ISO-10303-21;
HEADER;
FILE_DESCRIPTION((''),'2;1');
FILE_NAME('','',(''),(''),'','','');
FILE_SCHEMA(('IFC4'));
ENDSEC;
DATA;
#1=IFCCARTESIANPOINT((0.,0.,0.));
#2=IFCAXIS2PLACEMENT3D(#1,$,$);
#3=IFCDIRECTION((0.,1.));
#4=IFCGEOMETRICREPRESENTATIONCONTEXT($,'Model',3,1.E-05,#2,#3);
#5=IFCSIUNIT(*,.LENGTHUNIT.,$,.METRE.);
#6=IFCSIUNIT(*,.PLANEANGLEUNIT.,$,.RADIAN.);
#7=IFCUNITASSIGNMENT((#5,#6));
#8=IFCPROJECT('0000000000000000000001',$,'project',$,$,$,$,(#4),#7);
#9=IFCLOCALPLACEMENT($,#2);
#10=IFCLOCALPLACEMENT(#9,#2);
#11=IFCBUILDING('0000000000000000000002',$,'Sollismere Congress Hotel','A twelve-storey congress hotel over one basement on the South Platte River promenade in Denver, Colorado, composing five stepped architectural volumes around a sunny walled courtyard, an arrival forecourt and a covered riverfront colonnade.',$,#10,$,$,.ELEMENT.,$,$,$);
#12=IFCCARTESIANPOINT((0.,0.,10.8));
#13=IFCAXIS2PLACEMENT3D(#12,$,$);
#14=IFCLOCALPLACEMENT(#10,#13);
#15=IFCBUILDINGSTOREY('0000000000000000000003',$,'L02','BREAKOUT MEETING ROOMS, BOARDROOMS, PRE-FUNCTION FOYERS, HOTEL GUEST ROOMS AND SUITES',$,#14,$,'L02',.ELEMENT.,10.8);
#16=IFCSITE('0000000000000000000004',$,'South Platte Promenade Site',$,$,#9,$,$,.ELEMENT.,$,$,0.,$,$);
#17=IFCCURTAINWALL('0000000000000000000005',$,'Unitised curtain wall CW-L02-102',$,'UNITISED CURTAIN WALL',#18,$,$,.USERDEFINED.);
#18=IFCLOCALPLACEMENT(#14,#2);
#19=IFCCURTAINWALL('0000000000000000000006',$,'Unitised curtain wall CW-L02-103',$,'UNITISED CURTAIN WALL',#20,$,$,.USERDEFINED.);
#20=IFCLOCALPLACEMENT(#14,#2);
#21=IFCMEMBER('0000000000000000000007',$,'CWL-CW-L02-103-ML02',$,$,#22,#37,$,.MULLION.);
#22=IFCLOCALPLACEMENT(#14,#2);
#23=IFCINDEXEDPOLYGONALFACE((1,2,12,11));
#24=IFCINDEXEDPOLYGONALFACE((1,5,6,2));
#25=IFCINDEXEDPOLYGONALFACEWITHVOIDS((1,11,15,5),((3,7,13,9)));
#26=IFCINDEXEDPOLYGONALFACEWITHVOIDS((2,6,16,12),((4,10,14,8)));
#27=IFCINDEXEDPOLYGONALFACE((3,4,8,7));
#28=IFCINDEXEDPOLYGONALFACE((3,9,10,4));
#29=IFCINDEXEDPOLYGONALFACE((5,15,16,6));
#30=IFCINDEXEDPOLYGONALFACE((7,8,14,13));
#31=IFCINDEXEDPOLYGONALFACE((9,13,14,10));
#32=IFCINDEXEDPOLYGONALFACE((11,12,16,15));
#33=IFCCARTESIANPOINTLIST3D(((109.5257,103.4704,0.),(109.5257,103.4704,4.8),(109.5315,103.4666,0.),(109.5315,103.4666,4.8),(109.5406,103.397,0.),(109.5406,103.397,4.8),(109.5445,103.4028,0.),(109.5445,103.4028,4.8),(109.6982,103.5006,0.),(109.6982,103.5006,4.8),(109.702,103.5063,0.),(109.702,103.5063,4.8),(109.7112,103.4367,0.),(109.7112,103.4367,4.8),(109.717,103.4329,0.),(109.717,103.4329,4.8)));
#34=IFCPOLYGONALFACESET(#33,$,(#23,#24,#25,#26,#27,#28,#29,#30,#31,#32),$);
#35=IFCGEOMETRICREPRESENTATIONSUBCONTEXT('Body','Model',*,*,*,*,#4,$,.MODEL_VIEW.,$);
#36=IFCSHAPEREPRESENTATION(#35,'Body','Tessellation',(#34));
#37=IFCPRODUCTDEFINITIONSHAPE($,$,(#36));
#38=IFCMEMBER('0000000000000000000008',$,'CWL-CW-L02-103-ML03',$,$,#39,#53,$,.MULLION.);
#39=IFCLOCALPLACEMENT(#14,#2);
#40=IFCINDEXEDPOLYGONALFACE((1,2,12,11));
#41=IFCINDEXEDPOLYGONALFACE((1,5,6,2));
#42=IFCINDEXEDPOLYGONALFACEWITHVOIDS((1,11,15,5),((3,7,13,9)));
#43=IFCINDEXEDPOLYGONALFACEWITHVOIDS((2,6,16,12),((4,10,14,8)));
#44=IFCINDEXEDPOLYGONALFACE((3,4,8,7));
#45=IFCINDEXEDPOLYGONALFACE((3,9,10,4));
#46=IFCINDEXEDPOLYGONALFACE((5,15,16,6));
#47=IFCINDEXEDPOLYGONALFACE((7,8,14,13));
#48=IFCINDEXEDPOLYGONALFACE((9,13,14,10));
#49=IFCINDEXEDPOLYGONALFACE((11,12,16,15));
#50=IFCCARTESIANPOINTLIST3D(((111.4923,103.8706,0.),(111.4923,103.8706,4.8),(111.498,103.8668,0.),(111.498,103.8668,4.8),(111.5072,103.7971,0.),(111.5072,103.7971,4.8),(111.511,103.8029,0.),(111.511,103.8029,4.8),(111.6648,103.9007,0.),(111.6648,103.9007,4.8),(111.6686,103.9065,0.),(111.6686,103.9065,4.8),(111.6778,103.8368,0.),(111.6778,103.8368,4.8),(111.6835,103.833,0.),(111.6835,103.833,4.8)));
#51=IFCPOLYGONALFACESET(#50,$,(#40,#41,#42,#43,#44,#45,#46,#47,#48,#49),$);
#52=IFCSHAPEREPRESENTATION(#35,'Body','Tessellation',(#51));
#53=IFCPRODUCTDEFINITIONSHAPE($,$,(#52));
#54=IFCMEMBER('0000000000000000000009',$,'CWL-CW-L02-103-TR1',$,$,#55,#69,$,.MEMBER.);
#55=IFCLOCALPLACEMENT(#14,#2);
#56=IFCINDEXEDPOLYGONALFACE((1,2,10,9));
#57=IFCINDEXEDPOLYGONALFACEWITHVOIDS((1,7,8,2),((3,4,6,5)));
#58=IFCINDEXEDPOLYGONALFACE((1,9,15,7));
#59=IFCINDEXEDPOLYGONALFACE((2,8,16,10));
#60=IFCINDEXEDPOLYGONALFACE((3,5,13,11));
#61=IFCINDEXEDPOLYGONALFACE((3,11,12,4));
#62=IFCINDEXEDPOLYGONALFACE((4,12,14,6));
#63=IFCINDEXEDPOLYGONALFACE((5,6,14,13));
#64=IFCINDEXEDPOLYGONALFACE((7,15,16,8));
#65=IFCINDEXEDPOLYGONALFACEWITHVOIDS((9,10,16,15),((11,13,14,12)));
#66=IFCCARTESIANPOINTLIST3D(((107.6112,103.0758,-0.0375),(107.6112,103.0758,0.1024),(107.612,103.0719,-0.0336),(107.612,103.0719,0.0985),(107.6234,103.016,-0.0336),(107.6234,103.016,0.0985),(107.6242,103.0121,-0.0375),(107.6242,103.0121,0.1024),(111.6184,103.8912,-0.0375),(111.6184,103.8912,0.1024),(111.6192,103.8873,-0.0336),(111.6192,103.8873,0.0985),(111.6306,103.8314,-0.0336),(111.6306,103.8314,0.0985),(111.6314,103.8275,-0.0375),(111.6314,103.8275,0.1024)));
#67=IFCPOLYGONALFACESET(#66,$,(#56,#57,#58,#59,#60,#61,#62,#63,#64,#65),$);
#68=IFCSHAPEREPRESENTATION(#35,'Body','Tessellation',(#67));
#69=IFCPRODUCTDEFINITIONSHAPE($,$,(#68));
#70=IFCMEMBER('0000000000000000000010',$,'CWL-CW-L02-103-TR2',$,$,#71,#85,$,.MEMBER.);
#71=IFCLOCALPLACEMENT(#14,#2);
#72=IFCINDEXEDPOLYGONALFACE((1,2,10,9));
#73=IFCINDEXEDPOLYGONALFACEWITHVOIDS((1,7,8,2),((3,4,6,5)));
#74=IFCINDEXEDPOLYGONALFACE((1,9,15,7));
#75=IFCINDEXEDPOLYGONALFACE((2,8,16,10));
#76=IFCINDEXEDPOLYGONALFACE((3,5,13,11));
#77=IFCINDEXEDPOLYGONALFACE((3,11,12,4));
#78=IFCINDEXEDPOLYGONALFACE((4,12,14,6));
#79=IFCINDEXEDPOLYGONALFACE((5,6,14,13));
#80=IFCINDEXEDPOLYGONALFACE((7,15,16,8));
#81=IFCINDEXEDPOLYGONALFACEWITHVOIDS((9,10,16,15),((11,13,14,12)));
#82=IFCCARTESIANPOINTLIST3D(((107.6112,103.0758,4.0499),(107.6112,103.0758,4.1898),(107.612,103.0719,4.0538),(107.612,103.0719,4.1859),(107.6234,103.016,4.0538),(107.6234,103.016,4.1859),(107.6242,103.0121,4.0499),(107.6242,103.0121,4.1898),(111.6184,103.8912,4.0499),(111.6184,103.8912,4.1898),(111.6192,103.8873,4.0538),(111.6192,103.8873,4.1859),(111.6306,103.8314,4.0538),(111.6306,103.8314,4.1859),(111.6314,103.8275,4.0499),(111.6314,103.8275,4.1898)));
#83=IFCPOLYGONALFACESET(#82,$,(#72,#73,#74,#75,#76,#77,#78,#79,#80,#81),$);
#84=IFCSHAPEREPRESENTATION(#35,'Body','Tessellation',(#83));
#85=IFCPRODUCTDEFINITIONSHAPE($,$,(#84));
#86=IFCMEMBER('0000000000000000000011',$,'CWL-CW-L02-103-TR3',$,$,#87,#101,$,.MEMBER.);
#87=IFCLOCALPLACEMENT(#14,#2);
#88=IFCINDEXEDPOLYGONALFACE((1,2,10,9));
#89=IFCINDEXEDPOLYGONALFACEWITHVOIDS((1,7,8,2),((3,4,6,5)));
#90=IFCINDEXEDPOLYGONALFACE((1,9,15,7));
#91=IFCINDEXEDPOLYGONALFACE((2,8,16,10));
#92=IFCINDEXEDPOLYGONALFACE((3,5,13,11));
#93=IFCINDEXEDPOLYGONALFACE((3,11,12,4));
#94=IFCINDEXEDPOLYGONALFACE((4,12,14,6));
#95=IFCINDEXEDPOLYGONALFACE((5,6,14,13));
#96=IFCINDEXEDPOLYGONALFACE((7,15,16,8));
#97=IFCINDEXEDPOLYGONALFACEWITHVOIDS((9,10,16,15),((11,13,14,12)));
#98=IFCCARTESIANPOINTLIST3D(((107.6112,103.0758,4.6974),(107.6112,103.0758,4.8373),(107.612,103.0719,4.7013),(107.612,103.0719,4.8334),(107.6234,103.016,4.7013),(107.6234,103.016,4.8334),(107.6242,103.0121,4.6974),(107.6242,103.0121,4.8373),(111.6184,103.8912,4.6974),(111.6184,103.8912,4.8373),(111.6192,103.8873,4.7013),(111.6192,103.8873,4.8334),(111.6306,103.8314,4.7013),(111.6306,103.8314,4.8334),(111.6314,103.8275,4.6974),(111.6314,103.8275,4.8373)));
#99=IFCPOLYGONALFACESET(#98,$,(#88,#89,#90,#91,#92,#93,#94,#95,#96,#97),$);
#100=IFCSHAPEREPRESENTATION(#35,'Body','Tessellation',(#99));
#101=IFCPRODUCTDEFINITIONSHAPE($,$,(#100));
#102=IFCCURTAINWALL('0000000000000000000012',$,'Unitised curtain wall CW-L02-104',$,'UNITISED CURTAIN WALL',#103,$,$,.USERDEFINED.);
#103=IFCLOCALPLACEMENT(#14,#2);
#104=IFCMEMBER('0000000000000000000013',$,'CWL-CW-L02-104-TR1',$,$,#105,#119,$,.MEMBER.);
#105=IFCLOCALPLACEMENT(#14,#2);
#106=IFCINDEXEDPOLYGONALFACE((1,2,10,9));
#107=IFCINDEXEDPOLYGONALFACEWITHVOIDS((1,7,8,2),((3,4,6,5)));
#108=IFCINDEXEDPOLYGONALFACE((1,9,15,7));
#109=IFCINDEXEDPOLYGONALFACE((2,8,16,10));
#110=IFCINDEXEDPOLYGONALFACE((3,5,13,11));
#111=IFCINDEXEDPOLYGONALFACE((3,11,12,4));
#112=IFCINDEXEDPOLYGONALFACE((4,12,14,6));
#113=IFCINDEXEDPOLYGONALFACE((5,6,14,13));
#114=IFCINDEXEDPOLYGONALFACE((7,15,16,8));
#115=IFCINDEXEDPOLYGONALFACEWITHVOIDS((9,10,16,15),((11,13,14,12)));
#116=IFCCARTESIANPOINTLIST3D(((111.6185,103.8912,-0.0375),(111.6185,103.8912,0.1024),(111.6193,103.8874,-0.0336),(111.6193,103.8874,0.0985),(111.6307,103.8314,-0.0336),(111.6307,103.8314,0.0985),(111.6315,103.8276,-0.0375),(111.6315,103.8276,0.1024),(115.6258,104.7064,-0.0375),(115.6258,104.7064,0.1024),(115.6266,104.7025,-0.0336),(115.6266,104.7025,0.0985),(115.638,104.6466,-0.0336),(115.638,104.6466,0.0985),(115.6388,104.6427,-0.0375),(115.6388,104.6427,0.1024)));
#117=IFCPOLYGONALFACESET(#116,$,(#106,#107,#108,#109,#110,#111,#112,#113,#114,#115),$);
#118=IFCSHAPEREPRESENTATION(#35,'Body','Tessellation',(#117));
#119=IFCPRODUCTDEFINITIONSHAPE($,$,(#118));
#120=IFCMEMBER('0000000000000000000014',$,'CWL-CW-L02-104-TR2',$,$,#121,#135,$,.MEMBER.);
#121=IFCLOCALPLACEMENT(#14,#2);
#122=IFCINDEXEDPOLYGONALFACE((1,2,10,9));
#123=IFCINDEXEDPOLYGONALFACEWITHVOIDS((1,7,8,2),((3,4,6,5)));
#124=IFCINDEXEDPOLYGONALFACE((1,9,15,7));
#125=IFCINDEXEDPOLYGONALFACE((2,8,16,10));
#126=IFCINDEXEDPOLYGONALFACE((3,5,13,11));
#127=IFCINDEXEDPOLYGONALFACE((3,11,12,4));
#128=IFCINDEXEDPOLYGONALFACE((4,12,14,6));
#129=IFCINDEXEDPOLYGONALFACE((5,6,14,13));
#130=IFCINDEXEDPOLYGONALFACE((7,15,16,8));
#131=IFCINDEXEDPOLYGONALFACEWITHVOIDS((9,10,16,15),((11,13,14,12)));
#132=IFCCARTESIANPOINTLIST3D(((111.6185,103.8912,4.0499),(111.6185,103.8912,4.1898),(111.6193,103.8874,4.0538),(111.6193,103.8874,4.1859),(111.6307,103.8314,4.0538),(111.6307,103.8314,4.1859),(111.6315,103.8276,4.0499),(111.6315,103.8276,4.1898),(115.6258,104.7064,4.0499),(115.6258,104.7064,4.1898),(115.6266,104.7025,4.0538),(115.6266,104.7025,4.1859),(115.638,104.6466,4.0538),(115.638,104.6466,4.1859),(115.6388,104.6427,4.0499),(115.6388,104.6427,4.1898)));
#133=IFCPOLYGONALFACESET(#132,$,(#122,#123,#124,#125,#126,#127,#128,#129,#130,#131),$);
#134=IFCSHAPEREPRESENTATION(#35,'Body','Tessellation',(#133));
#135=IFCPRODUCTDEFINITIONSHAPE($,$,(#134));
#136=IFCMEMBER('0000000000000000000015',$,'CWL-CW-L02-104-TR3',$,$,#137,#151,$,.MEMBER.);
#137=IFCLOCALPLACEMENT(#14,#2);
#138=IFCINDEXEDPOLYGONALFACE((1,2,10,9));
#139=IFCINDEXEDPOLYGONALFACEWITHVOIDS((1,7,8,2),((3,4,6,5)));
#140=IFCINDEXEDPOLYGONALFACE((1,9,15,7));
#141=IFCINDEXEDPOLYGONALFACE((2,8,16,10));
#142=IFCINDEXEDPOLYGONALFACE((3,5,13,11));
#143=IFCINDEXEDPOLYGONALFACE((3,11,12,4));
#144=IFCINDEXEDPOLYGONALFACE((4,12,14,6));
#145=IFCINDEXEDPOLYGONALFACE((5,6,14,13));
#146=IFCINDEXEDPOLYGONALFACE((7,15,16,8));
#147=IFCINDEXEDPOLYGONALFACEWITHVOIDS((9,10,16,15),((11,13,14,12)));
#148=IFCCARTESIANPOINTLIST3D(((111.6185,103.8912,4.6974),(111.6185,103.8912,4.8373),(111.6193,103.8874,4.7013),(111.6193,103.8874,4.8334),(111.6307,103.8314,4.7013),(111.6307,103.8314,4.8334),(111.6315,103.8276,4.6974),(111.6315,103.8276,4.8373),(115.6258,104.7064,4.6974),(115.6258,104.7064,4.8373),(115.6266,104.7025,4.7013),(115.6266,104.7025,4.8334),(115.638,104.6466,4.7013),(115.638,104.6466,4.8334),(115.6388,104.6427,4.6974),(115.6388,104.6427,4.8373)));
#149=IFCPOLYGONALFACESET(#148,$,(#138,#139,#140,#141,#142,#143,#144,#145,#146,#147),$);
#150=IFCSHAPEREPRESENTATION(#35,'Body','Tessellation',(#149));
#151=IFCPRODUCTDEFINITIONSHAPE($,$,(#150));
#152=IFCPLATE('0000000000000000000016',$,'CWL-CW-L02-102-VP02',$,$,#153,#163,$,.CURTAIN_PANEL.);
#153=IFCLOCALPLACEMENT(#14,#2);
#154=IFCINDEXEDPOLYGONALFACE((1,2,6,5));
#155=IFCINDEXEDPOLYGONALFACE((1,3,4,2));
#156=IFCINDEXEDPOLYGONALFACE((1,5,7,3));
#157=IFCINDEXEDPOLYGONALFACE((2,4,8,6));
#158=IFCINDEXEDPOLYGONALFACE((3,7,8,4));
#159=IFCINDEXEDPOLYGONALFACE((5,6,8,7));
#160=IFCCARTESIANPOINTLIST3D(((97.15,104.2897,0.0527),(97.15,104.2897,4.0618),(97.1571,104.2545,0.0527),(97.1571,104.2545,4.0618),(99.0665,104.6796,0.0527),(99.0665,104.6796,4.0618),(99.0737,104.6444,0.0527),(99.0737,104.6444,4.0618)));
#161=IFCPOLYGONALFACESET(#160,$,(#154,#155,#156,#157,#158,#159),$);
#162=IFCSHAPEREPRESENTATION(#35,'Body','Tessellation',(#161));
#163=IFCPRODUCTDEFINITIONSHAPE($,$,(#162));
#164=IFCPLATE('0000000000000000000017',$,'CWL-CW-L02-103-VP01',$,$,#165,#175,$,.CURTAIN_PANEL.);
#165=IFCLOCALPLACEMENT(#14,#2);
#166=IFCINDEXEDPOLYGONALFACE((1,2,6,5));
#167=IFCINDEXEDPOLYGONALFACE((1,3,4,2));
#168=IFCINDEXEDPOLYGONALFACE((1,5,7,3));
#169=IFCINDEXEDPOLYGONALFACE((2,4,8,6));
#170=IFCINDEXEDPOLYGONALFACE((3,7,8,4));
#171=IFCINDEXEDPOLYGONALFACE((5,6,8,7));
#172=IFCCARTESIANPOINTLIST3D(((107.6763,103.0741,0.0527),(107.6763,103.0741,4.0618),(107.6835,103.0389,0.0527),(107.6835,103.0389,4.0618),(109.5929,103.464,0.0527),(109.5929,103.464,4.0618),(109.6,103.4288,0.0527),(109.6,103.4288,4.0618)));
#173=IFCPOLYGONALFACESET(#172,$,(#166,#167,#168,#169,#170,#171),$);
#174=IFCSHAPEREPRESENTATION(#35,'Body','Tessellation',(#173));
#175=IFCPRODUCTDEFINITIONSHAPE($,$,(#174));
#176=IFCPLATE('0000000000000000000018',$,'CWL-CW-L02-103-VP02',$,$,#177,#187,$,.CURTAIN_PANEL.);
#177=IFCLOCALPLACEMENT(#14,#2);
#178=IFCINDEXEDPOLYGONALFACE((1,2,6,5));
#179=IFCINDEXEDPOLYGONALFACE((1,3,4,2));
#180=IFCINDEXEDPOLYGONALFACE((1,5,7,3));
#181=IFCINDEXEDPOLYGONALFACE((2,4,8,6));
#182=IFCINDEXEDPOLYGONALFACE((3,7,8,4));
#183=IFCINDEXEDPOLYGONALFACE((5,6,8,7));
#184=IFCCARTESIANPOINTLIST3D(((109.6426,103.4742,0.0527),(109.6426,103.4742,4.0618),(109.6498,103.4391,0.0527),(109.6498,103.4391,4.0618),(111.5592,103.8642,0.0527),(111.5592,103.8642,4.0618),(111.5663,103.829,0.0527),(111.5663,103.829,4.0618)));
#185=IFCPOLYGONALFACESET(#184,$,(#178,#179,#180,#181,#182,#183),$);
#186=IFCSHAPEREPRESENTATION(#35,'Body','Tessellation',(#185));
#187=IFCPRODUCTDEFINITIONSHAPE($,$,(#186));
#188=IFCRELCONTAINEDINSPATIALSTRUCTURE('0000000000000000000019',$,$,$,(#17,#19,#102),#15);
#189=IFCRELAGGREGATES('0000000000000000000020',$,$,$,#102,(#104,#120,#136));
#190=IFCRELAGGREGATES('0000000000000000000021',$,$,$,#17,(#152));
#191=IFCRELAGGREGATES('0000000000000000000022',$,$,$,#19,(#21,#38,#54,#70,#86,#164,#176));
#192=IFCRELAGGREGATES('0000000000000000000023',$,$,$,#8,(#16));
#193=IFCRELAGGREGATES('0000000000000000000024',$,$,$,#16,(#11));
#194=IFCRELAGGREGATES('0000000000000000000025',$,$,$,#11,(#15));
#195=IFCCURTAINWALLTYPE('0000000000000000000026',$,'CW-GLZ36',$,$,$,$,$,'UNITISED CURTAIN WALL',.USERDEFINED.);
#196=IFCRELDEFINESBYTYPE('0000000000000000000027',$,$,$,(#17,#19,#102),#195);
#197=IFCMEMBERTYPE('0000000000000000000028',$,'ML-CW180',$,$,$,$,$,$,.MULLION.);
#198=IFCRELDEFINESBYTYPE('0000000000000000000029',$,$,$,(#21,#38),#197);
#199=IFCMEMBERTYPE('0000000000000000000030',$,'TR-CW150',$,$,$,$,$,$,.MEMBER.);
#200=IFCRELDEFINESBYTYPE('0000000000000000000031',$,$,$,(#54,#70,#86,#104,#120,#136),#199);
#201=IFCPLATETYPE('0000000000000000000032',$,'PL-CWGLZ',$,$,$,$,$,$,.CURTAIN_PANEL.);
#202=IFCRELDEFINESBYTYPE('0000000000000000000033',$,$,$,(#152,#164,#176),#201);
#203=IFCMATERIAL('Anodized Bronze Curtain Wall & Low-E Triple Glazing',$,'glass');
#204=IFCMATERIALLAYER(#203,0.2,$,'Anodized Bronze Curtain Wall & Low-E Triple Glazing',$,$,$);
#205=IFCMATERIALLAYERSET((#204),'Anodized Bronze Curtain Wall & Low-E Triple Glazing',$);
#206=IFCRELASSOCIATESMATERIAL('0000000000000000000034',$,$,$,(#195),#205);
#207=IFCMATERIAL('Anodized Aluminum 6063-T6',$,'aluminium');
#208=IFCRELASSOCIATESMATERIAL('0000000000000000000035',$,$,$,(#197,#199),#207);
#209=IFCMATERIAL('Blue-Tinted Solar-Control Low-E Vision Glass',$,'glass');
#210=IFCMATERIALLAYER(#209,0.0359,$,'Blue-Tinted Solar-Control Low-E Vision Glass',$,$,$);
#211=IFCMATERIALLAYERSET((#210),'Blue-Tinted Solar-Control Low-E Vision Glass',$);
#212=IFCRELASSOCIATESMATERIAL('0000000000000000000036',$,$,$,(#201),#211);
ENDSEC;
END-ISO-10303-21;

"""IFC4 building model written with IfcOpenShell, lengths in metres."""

from ifc_helpers import new_model, si_unit, direction, frame, origin, origin_2d, place, context, subcontext, project, spatial, rectangle, hollow_rectangle, extrude, material, layer, layer_set, material_profile, profile_set, type_object, element, aggregate, save


model = new_model("IFC4")

# Units and contexts
model_context = context("Model", 3, precision=1e-05, world=origin(), true_north=direction((0.0, 1.0)))
body_context = subcontext(model_context, "Body", "Model", "MODEL_VIEW")
ifc_project = project(units=[si_unit("LENGTHUNIT", "METRE"), si_unit("PLANEANGLEUNIT", "RADIAN")], contexts=[model_context])

# Site, building, storey
site_placement = place(None, origin())
site = spatial("IfcSite", under=ifc_project, at=site_placement, Name="South Platte Promenade Site", CompositionType="ELEMENT", RefElevation=0.0)
building_placement = place(site_placement, origin())
building = spatial("IfcBuilding", under=site, at=building_placement, Name="Sollismere Congress Hotel", Description="A twelve-storey congress hotel over one basement on the South Platte River promenade in Denver, Colorado, composing five stepped architectural volumes around a sunny walled courtyard, an arrival forecourt and a covered riverfront colonnade.", CompositionType="ELEMENT")
storey_placement = place(building_placement, frame((0.0, 0.0, 10.8)))
storey = spatial("IfcBuildingStorey", under=building, at=storey_placement, Name="L02", Description="BREAKOUT MEETING ROOMS, BOARDROOMS, PRE-FUNCTION FOYERS, HOTEL GUEST ROOMS AND SUITES", LongName="L02", CompositionType="ELEMENT", Elevation=10.8)

# Curtain walls, members
ifc_material_1 = material(Name="Anodized Bronze Curtain Wall & Low-E Triple Glazing", Category="glass")
ifc_layer_1 = layer(ifc_material_1, 0.2, Name="Anodized Bronze Curtain Wall & Low-E Triple Glazing")
ifc_layer_set_1 = layer_set([ifc_layer_1], Name="Anodized Bronze Curtain Wall & Low-E Triple Glazing")
curtain_wall_type = type_object("IfcCurtainWallType", Name="CW-GLZ36", ElementType="UNITISED CURTAIN WALL", PredefinedType="USERDEFINED", material=ifc_layer_set_1)
curtain_wall_1_placement = place(storey_placement, origin())
curtain_wall_1 = element("IfcCurtainWall", 1, at=curtain_wall_1_placement, inside=storey, type_object=curtain_wall_type, Name="Unitised curtain wall CW-L02-102", ObjectType="UNITISED CURTAIN WALL", PredefinedType="USERDEFINED")
ifc_material_2 = material(Name="Anodized Aluminum 6063-T6", Category="aluminium")
ifc_material_profile_1 = material_profile(ifc_material_2, hollow_rectangle(XDim=0.075, YDim=0.1799, WallThickness=0.0049, at=origin_2d()), Name="ALU180X75X5")
ifc_profile_set_1 = profile_set([ifc_material_profile_1], Name="Anodized Aluminum 6063-T6")
member_type_1 = type_object("IfcMemberType", Name="ML-CW180", PredefinedType="MULLION", material=ifc_profile_set_1)
curtain_wall_2_placement = place(storey_placement, origin())
curtain_wall_2 = element("IfcCurtainWall", 2, at=curtain_wall_2_placement, inside=storey, type_object=curtain_wall_type, Name="Unitised curtain wall CW-L02-103", ObjectType="UNITISED CURTAIN WALL", PredefinedType="USERDEFINED")
member_1_placement = place(storey_placement, frame((109.6213, 103.4517, 0.0), z_axis=(0.0, 0.0, 1.0), x_axis=(-0.199368, 0.979925, 0.0)))
member_1 = element("IfcMember", 3, at=member_1_placement, type_object=member_type_1, Name="CWL-CW-L02-103-ML02", PredefinedType="MULLION", context=body_context, shape_type="SweptSolid", body=[
    extrude(hollow_rectangle(XDim=0.075, YDim=0.1799, WallThickness=0.0049, at=origin_2d()), origin(), (0.0, 0.0, 1.0), 4.8),
])
member_2_placement = place(storey_placement, frame((111.5879, 103.8518, 0.0), z_axis=(0.0, 0.0, 1.0), x_axis=(-0.199368, 0.979925, 0.0)))
member_2 = element("IfcMember", 4, at=member_2_placement, type_object=member_type_1, Name="CWL-CW-L02-103-ML03", PredefinedType="MULLION", context=body_context, shape_type="SweptSolid", body=[
    extrude(hollow_rectangle(XDim=0.075, YDim=0.1799, WallThickness=0.0049, at=origin_2d()), origin(), (0.0, 0.0, 1.0), 4.8),
])
ifc_material_profile_2 = material_profile(ifc_material_2, hollow_rectangle(XDim=0.0649, YDim=0.1399, WallThickness=0.0039, at=origin_2d()), Name="ALU140X65X4")
ifc_profile_set_2 = profile_set([ifc_material_profile_2], Name="Anodized Aluminum 6063-T6")
member_type_2 = type_object("IfcMemberType", Name="TR-CW150", PredefinedType="MEMBER", material=ifc_profile_set_2)
member_3_placement = place(storey_placement, frame((107.6177, 103.0439, 0.0325), z_axis=(0.979918, 0.199399, 0.0), x_axis=(-0.199399, 0.979918, 0.0)))
member_3 = element("IfcMember", 5, at=member_3_placement, type_object=member_type_2, Name="CWL-CW-L02-103-TR1", PredefinedType="MEMBER", context=body_context, shape_type="SweptSolid", body=[
    extrude(hollow_rectangle(XDim=0.0649, YDim=0.1399, WallThickness=0.0039, at=origin_2d()), origin(), (0.0, 0.0, 1.0), 4.0894),
])
member_4_placement = place(storey_placement, frame((107.6177, 103.0439, 4.1199), z_axis=(0.979918, 0.199399, 0.0), x_axis=(-0.199399, 0.979918, 0.0)))
member_4 = element("IfcMember", 6, at=member_4_placement, type_object=member_type_2, Name="CWL-CW-L02-103-TR2", PredefinedType="MEMBER", context=body_context, shape_type="SweptSolid", body=[
    extrude(hollow_rectangle(XDim=0.0649, YDim=0.1399, WallThickness=0.0039, at=origin_2d()), origin(), (0.0, 0.0, 1.0), 4.0894),
])
member_5_placement = place(storey_placement, frame((107.6177, 103.0439, 4.7673), z_axis=(0.979918, 0.199399, 0.0), x_axis=(-0.199399, 0.979918, 0.0)))
member_5 = element("IfcMember", 7, at=member_5_placement, type_object=member_type_2, Name="CWL-CW-L02-103-TR3", PredefinedType="MEMBER", context=body_context, shape_type="SweptSolid", body=[
    extrude(hollow_rectangle(XDim=0.0649, YDim=0.1399, WallThickness=0.0039, at=origin_2d()), origin(), (0.0, 0.0, 1.0), 4.0894),
])
curtain_wall_3_placement = place(storey_placement, origin())
curtain_wall_3 = element("IfcCurtainWall", 8, at=curtain_wall_3_placement, inside=storey, type_object=curtain_wall_type, Name="Unitised curtain wall CW-L02-104", ObjectType="UNITISED CURTAIN WALL", PredefinedType="USERDEFINED")
member_6_placement = place(storey_placement, frame((111.625, 103.8594, 0.0325), z_axis=(0.97993, 0.199341, 0.0), x_axis=(-0.199341, 0.97993, 0.0)))
member_6 = element("IfcMember", 9, at=member_6_placement, type_object=member_type_2, Name="CWL-CW-L02-104-TR1", PredefinedType="MEMBER", context=body_context, shape_type="SweptSolid", body=[
    extrude(hollow_rectangle(XDim=0.0649, YDim=0.1399, WallThickness=0.0039, at=origin_2d()), origin(), (0.0, 0.0, 1.0), 4.0894),
])
member_7_placement = place(storey_placement, frame((111.625, 103.8594, 4.1199), z_axis=(0.97993, 0.199341, 0.0), x_axis=(-0.199341, 0.97993, 0.0)))
member_7 = element("IfcMember", 10, at=member_7_placement, type_object=member_type_2, Name="CWL-CW-L02-104-TR2", PredefinedType="MEMBER", context=body_context, shape_type="SweptSolid", body=[
    extrude(hollow_rectangle(XDim=0.0649, YDim=0.1399, WallThickness=0.0039, at=origin_2d()), origin(), (0.0, 0.0, 1.0), 4.0894),
])
member_8_placement = place(storey_placement, frame((111.625, 103.8594, 4.7673), z_axis=(0.97993, 0.199341, 0.0), x_axis=(-0.199341, 0.97993, 0.0)))
member_8 = element("IfcMember", 11, at=member_8_placement, type_object=member_type_2, Name="CWL-CW-L02-104-TR3", PredefinedType="MEMBER", context=body_context, shape_type="SweptSolid", body=[
    extrude(hollow_rectangle(XDim=0.0649, YDim=0.1399, WallThickness=0.0039, at=origin_2d()), origin(), (0.0, 0.0, 1.0), 4.0894),
])
aggregate(curtain_wall_3, [member_6, member_7, member_8])

# Plates
ifc_material_3 = material(Name="Blue-Tinted Solar-Control Low-E Vision Glass", Category="glass")
ifc_layer_2 = layer(ifc_material_3, 0.0359, Name="Blue-Tinted Solar-Control Low-E Vision Glass")
ifc_layer_set_2 = layer_set([ifc_layer_2], Name="Blue-Tinted Solar-Control Low-E Vision Glass")
plate_type_1 = type_object("IfcPlateType", Name="PL-CWGLZ", PredefinedType="CURTAIN_PANEL", material=ifc_layer_set_2)
plate_1_placement = place(storey_placement, frame((98.1118, 104.467, 0.0527), z_axis=(0.0, 0.0, 1.0), x_axis=(0.979925, 0.199368, 0.0)))
plate_1 = element("IfcPlate", 12, at=plate_1_placement, type_object=plate_type_1, Name="CWL-CW-L02-102-VP02", PredefinedType="CURTAIN_PANEL", context=body_context, shape_type="SweptSolid", body=[
    extrude(rectangle(XDim=1.9558, YDim=0.0359, at=origin_2d()), origin(), (0.0, 0.0, 1.0), 4.009),
])
plate_2_placement = place(storey_placement, frame((108.6382, 103.2515, 0.0527), z_axis=(0.0, 0.0, 1.0), x_axis=(0.979925, 0.199368, 0.0)))
plate_2 = element("IfcPlate", 13, at=plate_2_placement, type_object=plate_type_1, Name="CWL-CW-L02-103-VP01", PredefinedType="CURTAIN_PANEL", context=body_context, shape_type="SweptSolid", body=[
    extrude(rectangle(XDim=1.9558, YDim=0.0359, at=origin_2d()), origin(), (0.0, 0.0, 1.0), 4.009),
])
plate_3_placement = place(storey_placement, frame((110.6045, 103.6516, 0.0527), z_axis=(0.0, 0.0, 1.0), x_axis=(0.979925, 0.199368, 0.0)))
plate_3 = element("IfcPlate", 14, at=plate_3_placement, type_object=plate_type_1, Name="CWL-CW-L02-103-VP02", PredefinedType="CURTAIN_PANEL", context=body_context, shape_type="SweptSolid", body=[
    extrude(rectangle(XDim=1.9558, YDim=0.0359, at=origin_2d()), origin(), (0.0, 0.0, 1.0), 4.009),
])
aggregate(curtain_wall_1, [plate_1])
aggregate(curtain_wall_2, [member_1, member_2, member_3, member_4, member_5, plate_2, plate_3])

save(model, "model.ifc")
